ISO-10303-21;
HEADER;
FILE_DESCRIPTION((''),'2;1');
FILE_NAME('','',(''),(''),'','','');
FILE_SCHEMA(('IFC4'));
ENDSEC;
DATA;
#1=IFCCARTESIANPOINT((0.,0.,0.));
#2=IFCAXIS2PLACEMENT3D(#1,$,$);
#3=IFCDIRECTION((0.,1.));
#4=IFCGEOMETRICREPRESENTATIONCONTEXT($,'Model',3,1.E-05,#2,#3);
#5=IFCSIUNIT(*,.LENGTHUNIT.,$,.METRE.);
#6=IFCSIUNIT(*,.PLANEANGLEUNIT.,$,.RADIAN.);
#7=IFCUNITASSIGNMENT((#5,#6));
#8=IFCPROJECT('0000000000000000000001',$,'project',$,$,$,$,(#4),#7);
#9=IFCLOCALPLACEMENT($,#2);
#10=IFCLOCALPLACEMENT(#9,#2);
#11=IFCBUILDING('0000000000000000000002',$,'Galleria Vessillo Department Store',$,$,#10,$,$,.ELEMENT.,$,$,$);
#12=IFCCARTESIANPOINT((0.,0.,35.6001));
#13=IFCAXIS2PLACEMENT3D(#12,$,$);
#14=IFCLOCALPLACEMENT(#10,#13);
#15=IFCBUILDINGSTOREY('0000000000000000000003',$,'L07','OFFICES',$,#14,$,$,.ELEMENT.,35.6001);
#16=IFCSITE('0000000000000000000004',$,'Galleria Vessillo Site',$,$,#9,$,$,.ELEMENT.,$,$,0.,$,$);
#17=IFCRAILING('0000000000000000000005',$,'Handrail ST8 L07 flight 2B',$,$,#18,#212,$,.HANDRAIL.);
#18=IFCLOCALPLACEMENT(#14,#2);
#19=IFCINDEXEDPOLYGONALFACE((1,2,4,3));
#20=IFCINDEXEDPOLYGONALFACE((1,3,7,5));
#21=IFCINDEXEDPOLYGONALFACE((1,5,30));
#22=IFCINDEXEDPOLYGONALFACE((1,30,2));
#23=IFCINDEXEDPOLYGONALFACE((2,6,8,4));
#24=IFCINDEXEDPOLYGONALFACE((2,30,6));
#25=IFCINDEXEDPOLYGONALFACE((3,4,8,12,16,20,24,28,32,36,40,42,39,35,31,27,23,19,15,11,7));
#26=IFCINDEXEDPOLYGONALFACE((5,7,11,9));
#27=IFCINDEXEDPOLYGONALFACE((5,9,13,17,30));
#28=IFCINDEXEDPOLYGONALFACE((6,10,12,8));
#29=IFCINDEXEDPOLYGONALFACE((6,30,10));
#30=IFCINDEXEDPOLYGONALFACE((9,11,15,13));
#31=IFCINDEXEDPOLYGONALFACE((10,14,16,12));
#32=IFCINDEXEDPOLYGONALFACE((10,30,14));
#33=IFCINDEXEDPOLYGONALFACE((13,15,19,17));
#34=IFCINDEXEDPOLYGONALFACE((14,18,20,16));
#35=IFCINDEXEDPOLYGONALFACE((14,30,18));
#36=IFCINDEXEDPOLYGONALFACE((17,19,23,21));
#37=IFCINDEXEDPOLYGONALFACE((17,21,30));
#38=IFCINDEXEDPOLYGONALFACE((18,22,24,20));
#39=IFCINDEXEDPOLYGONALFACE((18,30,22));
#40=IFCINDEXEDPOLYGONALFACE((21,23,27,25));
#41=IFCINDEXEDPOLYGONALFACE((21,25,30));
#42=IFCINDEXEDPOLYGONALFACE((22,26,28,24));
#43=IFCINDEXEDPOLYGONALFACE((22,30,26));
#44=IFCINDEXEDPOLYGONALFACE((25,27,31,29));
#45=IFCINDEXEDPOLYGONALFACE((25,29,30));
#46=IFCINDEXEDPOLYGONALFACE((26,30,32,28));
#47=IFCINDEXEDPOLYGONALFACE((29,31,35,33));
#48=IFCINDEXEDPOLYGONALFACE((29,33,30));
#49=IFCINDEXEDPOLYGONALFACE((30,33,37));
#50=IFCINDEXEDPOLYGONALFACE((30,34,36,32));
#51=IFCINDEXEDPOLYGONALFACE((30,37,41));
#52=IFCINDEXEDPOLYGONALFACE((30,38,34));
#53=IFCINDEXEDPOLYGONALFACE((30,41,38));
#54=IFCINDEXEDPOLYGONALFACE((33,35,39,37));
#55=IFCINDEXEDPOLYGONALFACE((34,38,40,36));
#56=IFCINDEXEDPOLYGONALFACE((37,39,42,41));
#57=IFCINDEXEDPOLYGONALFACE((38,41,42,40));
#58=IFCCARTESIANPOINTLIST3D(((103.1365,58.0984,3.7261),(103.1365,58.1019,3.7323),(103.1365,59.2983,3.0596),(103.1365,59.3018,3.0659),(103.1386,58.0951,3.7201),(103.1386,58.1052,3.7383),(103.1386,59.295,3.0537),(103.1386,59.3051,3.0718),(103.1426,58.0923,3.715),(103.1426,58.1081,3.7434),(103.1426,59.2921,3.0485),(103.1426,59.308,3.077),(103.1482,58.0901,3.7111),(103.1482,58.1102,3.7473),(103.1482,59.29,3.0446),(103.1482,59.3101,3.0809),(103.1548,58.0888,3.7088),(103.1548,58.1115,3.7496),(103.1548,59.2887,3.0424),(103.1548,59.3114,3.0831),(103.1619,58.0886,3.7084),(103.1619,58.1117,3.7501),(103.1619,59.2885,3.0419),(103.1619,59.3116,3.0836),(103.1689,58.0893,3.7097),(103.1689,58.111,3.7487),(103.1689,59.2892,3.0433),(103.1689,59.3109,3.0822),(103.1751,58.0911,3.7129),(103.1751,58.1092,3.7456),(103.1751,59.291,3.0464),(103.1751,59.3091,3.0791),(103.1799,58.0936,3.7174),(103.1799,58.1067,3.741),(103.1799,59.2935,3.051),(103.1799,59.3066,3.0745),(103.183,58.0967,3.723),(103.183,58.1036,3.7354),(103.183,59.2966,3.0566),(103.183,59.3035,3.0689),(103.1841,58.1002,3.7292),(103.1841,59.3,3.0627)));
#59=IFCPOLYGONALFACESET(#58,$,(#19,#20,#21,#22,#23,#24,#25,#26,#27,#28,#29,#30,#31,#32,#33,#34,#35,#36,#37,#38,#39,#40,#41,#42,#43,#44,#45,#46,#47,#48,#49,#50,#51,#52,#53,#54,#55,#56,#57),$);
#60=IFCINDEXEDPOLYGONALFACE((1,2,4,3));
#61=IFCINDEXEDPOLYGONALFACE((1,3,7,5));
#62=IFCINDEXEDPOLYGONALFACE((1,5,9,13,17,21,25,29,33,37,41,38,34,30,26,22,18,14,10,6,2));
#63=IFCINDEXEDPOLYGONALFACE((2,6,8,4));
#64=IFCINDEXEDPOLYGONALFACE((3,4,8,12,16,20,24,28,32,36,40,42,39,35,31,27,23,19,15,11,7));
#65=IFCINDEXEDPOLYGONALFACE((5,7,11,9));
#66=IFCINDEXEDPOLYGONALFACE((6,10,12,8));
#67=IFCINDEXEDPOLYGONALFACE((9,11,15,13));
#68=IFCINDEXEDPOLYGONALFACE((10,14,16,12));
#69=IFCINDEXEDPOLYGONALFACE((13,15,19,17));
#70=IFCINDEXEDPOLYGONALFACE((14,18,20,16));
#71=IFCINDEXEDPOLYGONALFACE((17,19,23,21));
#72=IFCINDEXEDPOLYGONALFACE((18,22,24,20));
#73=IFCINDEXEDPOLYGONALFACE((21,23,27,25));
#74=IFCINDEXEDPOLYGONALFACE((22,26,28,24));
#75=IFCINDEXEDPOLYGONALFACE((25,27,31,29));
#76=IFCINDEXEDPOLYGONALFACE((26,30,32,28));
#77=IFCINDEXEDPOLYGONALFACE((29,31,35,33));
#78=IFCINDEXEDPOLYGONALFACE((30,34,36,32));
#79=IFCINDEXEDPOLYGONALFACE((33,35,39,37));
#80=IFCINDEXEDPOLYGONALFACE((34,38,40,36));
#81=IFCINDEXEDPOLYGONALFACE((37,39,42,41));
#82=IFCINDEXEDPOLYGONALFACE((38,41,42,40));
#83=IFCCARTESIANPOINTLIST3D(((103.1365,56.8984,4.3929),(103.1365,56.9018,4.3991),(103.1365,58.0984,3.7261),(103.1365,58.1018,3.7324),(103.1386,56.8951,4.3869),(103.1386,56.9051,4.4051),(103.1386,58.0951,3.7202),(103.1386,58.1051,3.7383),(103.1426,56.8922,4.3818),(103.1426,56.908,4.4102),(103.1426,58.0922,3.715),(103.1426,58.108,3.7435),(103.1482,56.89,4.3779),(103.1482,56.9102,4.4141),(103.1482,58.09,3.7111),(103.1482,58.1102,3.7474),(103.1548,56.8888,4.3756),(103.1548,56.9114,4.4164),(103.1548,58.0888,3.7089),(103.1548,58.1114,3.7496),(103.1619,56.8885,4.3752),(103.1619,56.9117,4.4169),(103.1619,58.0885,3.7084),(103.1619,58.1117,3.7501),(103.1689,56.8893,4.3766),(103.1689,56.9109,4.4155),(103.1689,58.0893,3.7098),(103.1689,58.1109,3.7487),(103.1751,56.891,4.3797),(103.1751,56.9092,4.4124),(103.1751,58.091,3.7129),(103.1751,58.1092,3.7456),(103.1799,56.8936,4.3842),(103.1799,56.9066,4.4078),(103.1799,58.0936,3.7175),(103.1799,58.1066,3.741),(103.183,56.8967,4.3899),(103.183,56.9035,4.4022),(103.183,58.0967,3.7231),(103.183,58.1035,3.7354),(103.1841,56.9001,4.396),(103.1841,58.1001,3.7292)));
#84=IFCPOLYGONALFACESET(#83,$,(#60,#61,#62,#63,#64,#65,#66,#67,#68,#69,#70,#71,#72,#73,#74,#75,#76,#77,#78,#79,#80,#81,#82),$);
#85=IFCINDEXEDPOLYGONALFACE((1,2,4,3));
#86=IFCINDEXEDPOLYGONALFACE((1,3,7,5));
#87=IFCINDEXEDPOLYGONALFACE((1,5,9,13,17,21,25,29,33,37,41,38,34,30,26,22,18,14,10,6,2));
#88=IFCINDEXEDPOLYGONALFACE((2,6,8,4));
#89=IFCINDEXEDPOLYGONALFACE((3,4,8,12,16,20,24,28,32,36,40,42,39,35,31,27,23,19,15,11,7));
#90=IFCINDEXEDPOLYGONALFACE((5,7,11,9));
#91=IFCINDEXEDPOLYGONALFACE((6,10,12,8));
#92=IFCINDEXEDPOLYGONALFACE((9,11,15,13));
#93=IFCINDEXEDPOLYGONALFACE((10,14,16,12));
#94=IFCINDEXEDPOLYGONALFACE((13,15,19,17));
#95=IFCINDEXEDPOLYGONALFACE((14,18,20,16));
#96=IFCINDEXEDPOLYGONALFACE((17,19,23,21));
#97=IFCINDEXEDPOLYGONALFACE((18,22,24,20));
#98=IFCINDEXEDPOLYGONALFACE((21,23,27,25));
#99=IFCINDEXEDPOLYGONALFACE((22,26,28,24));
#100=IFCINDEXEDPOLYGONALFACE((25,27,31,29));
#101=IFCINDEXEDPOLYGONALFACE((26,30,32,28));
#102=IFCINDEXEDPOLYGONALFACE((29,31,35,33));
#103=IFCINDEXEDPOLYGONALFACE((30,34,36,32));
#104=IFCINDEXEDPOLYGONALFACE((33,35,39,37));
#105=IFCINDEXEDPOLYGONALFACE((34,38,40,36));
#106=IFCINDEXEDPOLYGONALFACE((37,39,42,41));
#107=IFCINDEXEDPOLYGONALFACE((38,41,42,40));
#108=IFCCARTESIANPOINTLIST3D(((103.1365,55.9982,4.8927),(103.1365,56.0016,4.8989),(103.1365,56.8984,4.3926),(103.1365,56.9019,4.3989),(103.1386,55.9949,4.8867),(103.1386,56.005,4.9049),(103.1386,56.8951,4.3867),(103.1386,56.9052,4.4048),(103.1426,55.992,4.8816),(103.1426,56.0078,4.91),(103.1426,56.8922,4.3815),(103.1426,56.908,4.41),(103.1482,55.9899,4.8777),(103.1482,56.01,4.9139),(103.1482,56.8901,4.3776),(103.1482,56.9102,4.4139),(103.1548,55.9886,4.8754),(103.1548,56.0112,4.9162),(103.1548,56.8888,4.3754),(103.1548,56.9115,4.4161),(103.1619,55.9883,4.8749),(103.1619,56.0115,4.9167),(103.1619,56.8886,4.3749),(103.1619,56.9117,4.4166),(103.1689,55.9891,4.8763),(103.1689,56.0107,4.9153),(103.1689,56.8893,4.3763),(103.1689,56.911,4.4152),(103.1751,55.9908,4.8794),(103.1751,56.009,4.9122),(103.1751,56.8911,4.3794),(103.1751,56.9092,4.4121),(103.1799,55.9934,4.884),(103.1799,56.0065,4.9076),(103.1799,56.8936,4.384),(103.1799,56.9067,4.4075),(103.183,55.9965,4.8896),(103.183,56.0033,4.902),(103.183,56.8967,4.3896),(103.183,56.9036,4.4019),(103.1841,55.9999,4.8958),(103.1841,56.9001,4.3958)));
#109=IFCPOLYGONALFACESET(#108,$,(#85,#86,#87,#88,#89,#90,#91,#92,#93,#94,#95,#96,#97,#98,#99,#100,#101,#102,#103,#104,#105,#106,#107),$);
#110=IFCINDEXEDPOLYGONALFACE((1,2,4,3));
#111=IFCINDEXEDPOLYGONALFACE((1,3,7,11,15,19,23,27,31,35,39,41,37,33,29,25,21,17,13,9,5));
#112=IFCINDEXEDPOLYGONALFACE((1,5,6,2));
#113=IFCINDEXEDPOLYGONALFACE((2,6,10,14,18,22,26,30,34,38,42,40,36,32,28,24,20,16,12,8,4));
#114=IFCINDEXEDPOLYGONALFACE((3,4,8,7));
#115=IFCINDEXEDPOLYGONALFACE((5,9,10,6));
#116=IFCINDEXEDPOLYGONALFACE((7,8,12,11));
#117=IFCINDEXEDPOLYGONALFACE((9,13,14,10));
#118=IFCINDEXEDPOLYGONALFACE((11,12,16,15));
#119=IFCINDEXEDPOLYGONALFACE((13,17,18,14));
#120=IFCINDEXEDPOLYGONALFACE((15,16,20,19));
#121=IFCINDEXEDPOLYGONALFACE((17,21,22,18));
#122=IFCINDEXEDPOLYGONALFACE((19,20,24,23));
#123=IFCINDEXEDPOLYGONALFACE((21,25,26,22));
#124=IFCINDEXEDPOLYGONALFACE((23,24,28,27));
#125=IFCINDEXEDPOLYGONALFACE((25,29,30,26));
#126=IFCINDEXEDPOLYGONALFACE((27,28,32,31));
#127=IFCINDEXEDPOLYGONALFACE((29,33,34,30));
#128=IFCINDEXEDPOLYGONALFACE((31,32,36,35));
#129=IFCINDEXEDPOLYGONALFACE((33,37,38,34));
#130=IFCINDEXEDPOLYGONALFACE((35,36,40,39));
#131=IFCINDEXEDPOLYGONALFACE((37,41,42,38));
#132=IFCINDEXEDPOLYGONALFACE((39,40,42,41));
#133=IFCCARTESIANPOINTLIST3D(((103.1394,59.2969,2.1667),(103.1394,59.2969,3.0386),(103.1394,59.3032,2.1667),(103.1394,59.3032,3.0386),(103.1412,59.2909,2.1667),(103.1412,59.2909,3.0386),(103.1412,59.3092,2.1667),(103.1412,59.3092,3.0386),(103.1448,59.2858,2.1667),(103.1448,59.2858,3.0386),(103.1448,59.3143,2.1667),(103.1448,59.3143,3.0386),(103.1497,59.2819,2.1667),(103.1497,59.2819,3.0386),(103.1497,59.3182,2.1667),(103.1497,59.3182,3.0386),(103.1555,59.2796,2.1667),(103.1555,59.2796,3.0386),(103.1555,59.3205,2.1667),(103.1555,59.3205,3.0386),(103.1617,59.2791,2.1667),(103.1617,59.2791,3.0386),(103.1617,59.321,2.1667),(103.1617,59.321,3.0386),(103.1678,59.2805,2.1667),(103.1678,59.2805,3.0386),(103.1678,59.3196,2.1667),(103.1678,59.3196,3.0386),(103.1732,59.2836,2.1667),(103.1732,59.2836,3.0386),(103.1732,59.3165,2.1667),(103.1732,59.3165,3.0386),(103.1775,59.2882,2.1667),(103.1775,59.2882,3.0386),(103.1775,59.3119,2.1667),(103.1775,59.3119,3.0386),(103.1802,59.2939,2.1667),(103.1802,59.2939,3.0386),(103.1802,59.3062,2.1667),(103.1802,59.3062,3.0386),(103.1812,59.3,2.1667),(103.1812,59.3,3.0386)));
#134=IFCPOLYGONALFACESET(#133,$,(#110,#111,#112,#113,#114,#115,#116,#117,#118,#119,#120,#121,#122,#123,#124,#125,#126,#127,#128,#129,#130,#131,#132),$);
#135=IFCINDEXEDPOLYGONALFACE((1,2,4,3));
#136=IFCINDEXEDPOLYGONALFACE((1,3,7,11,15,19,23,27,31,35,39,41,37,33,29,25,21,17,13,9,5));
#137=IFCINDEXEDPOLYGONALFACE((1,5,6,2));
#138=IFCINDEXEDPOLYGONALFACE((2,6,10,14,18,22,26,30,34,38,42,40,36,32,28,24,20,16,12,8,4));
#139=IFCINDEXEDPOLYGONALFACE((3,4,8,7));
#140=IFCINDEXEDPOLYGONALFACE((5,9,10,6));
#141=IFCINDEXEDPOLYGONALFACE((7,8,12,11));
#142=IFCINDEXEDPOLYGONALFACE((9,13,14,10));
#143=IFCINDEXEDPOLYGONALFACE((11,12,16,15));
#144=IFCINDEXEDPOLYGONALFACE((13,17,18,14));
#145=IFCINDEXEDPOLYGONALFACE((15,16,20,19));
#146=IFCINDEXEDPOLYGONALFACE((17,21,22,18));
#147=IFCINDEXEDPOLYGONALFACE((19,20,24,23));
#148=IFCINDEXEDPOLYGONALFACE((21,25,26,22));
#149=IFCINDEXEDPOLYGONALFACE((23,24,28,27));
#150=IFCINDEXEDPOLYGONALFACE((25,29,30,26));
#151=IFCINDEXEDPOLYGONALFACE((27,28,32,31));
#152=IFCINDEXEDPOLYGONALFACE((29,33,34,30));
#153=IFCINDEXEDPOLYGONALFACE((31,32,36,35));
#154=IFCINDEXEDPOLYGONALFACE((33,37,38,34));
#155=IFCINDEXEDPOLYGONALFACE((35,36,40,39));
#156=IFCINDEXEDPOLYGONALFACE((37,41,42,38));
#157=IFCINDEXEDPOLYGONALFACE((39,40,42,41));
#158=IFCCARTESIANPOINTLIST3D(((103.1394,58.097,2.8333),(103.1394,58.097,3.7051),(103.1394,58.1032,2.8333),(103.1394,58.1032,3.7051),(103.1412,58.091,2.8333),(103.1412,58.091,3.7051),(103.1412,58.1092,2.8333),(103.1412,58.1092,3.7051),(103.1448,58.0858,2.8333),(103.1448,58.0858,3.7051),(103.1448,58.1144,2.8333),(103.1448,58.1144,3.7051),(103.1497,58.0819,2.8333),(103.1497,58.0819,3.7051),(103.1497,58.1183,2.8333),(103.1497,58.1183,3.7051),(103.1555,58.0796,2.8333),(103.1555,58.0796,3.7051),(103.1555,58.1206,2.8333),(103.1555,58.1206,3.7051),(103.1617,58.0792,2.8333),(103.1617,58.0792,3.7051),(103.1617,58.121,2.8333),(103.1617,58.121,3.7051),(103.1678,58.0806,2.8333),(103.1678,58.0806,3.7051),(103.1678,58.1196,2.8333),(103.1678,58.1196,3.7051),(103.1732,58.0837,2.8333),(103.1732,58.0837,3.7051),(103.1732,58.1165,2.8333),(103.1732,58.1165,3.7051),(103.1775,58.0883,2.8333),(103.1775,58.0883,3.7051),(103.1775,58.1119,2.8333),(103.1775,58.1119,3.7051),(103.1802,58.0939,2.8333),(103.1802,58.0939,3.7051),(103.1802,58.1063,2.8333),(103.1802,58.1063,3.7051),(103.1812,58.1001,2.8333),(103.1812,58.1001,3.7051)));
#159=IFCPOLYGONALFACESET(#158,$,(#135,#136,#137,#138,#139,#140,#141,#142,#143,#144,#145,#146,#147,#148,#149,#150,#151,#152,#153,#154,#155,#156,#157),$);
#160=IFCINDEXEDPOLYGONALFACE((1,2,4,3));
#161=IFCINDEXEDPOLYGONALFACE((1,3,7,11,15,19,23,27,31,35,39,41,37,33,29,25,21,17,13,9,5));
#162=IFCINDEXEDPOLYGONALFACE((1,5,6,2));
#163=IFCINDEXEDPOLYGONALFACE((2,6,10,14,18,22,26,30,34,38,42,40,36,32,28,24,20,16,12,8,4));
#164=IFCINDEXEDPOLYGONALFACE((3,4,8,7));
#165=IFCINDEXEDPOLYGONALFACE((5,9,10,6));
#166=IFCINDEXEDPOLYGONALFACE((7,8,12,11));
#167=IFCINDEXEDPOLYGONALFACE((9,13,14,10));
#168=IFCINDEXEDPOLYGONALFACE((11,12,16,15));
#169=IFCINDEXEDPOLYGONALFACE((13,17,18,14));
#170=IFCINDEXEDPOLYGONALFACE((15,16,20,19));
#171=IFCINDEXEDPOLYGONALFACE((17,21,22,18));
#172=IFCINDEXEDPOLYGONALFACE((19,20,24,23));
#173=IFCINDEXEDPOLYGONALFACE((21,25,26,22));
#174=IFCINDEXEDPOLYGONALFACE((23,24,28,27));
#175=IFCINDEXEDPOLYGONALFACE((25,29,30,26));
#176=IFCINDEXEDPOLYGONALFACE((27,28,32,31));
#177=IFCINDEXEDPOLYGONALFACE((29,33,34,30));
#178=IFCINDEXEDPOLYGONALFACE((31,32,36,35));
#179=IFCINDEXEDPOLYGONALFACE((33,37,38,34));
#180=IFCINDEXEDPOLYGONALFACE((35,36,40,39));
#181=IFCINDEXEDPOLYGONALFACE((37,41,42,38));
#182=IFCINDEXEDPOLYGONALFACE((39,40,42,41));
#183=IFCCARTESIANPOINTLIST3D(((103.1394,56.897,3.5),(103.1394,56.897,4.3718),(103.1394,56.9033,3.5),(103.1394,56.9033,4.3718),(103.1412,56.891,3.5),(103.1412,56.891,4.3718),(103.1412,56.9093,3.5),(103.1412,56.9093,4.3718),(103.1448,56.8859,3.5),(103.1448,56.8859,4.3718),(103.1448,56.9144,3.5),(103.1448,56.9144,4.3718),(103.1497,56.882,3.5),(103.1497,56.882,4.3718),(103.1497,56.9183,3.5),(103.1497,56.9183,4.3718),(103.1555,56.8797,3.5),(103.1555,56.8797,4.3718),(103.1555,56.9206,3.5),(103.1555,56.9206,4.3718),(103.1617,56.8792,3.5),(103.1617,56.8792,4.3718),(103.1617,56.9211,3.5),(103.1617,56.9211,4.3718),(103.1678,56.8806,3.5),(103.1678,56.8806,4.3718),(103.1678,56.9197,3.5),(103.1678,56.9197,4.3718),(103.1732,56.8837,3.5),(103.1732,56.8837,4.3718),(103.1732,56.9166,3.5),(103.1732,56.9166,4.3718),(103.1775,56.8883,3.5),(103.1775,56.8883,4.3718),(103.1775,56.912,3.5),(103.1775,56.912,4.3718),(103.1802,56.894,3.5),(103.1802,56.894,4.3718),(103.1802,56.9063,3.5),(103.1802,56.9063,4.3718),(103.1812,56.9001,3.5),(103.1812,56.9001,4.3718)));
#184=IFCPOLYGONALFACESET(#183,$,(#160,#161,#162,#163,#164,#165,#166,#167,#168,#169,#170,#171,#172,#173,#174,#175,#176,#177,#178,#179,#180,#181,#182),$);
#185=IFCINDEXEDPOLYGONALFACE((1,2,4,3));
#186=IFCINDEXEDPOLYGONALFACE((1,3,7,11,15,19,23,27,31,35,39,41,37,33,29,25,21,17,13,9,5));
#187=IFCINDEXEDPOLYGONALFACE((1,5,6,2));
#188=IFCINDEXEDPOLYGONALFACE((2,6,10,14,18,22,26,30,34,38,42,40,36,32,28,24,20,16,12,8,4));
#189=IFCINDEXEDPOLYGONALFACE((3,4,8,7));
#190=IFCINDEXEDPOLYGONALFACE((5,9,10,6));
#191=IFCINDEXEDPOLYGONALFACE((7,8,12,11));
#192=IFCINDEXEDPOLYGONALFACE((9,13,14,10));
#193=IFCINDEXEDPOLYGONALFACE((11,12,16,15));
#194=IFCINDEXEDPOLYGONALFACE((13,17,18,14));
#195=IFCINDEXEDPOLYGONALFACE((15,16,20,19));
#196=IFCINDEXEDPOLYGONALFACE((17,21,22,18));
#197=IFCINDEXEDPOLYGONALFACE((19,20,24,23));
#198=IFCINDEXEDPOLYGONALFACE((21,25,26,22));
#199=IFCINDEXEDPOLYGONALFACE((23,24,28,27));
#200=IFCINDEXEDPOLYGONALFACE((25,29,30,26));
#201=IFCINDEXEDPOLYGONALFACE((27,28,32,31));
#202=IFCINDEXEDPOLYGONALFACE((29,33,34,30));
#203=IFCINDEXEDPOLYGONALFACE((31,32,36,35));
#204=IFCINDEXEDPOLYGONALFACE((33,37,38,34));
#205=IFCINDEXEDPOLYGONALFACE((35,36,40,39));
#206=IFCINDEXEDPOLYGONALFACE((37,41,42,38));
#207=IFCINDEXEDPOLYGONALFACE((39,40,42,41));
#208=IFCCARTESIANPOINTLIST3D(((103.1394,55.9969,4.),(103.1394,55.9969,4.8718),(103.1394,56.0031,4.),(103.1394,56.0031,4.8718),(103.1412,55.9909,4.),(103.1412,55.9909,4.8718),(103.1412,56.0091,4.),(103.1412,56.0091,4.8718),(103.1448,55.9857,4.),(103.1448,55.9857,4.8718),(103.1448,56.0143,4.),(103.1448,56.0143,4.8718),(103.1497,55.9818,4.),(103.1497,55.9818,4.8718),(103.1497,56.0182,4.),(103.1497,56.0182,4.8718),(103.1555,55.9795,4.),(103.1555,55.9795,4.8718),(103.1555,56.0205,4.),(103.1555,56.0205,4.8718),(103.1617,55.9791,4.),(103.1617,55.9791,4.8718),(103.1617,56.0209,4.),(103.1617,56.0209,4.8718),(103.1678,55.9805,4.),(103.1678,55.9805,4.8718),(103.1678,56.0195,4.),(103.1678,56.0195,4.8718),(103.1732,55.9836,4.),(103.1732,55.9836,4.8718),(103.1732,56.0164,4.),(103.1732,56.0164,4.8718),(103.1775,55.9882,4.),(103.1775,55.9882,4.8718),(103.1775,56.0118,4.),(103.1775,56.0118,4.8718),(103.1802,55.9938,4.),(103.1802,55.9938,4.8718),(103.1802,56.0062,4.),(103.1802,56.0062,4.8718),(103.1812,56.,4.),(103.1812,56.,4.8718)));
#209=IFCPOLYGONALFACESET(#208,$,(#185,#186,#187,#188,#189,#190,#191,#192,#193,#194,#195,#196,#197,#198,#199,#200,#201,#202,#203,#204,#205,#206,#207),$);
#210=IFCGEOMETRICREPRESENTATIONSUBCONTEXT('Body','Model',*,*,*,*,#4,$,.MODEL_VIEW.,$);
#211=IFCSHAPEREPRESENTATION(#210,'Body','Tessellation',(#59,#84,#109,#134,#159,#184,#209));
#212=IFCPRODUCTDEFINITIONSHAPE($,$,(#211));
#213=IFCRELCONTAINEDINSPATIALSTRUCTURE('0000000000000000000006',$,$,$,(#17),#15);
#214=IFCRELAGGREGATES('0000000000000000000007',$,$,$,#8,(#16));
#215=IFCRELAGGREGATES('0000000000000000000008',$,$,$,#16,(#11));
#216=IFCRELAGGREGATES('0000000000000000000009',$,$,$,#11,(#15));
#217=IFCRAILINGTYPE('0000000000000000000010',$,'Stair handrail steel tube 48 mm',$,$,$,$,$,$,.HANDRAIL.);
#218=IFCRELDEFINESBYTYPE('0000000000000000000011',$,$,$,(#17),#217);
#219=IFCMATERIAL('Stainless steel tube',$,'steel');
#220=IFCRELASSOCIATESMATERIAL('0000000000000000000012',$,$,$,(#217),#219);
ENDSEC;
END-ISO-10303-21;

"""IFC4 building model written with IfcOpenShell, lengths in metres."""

from ifc_helpers import new_model, si_unit, direction, frame, origin, origin_2d, place, context, subcontext, project, spatial, circle, extrude, material, type_object, element, save


model = new_model("IFC4")

# Units and contexts
model_context = context("Model", 3, precision=1e-05, world=origin(), true_north=direction((0.0, 1.0)))
body_context = subcontext(model_context, "Body", "Model", "MODEL_VIEW")
ifc_project = project(units=[si_unit("LENGTHUNIT", "METRE"), si_unit("PLANEANGLEUNIT", "RADIAN")], contexts=[model_context])

# Site, building, storey
site_placement = place(None, origin())
site = spatial("IfcSite", under=ifc_project, at=site_placement, Name="Galleria Vessillo Site", CompositionType="ELEMENT", RefElevation=0.0)
building_placement = place(site_placement, origin())
building = spatial("IfcBuilding", under=site, at=building_placement, Name="Galleria Vessillo Department Store", CompositionType="ELEMENT")
storey_placement = place(building_placement, frame((0.0, 0.0, 35.6001)))
storey = spatial("IfcBuildingStorey", under=building, at=storey_placement, Name="L07", Description="OFFICES", CompositionType="ELEMENT", Elevation=35.6001)

# Railing
ifc_material_1 = material(Name="Stainless steel tube", Category="steel")
railing_type = type_object("IfcRailingType", Name="Stair handrail steel tube 48 mm", PredefinedType="HANDRAIL", material=ifc_material_1)
for number, where, name in (
    (1, (103.1602, 59.3, 2.1667), "Handrail ST8 L07 flight 2B"),
):
    element("IfcRailing", number, at=place(storey_placement, frame(where)), inside=storey, type_object=railing_type, Name=name, PredefinedType="HANDRAIL", context=body_context, shape_type="SweptSolid", body=[
        extrude(circle(Radius=0.0239, at=origin_2d()), frame((0.0, 0.0, 0.896), z_axis=(0.0, -0.874199, 0.485567), x_axis=(1.0, 0.0, 0.0)), (0.0, 0.0, 1.0), 1.3726),
        extrude(circle(Radius=0.0239, at=origin_2d()), frame((0.0, -1.2, 1.5625), z_axis=(0.0, -0.874124, 0.485703), x_axis=(1.0, 0.0, 0.0)), (0.0, 0.0, 1.0), 1.3728),
        extrude(circle(Radius=0.0239, at=origin_2d()), frame((0.0, -2.3999, 2.229), z_axis=(0.0, -0.874191, 0.485583), x_axis=(1.0, 0.0, 0.0)), (0.0, 0.0, 1.0), 1.0298),
        extrude(circle(Radius=0.021, at=origin_2d()), origin(), (0.0, 0.0, 1.0), 0.8718),
        extrude(circle(Radius=0.021, at=origin_2d()), frame((0.0, -1.2, 0.6665)), (0.0, 0.0, 1.0), 0.8718),
        extrude(circle(Radius=0.021, at=origin_2d()), frame((0.0, -2.3999, 1.3333)), (0.0, 0.0, 1.0), 0.8718),
        extrude(circle(Radius=0.021, at=origin_2d()), frame((0.0, -3.3, 1.8333)), (0.0, 0.0, 1.0), 0.8718),
    ])

save(model, "model.ifc")
